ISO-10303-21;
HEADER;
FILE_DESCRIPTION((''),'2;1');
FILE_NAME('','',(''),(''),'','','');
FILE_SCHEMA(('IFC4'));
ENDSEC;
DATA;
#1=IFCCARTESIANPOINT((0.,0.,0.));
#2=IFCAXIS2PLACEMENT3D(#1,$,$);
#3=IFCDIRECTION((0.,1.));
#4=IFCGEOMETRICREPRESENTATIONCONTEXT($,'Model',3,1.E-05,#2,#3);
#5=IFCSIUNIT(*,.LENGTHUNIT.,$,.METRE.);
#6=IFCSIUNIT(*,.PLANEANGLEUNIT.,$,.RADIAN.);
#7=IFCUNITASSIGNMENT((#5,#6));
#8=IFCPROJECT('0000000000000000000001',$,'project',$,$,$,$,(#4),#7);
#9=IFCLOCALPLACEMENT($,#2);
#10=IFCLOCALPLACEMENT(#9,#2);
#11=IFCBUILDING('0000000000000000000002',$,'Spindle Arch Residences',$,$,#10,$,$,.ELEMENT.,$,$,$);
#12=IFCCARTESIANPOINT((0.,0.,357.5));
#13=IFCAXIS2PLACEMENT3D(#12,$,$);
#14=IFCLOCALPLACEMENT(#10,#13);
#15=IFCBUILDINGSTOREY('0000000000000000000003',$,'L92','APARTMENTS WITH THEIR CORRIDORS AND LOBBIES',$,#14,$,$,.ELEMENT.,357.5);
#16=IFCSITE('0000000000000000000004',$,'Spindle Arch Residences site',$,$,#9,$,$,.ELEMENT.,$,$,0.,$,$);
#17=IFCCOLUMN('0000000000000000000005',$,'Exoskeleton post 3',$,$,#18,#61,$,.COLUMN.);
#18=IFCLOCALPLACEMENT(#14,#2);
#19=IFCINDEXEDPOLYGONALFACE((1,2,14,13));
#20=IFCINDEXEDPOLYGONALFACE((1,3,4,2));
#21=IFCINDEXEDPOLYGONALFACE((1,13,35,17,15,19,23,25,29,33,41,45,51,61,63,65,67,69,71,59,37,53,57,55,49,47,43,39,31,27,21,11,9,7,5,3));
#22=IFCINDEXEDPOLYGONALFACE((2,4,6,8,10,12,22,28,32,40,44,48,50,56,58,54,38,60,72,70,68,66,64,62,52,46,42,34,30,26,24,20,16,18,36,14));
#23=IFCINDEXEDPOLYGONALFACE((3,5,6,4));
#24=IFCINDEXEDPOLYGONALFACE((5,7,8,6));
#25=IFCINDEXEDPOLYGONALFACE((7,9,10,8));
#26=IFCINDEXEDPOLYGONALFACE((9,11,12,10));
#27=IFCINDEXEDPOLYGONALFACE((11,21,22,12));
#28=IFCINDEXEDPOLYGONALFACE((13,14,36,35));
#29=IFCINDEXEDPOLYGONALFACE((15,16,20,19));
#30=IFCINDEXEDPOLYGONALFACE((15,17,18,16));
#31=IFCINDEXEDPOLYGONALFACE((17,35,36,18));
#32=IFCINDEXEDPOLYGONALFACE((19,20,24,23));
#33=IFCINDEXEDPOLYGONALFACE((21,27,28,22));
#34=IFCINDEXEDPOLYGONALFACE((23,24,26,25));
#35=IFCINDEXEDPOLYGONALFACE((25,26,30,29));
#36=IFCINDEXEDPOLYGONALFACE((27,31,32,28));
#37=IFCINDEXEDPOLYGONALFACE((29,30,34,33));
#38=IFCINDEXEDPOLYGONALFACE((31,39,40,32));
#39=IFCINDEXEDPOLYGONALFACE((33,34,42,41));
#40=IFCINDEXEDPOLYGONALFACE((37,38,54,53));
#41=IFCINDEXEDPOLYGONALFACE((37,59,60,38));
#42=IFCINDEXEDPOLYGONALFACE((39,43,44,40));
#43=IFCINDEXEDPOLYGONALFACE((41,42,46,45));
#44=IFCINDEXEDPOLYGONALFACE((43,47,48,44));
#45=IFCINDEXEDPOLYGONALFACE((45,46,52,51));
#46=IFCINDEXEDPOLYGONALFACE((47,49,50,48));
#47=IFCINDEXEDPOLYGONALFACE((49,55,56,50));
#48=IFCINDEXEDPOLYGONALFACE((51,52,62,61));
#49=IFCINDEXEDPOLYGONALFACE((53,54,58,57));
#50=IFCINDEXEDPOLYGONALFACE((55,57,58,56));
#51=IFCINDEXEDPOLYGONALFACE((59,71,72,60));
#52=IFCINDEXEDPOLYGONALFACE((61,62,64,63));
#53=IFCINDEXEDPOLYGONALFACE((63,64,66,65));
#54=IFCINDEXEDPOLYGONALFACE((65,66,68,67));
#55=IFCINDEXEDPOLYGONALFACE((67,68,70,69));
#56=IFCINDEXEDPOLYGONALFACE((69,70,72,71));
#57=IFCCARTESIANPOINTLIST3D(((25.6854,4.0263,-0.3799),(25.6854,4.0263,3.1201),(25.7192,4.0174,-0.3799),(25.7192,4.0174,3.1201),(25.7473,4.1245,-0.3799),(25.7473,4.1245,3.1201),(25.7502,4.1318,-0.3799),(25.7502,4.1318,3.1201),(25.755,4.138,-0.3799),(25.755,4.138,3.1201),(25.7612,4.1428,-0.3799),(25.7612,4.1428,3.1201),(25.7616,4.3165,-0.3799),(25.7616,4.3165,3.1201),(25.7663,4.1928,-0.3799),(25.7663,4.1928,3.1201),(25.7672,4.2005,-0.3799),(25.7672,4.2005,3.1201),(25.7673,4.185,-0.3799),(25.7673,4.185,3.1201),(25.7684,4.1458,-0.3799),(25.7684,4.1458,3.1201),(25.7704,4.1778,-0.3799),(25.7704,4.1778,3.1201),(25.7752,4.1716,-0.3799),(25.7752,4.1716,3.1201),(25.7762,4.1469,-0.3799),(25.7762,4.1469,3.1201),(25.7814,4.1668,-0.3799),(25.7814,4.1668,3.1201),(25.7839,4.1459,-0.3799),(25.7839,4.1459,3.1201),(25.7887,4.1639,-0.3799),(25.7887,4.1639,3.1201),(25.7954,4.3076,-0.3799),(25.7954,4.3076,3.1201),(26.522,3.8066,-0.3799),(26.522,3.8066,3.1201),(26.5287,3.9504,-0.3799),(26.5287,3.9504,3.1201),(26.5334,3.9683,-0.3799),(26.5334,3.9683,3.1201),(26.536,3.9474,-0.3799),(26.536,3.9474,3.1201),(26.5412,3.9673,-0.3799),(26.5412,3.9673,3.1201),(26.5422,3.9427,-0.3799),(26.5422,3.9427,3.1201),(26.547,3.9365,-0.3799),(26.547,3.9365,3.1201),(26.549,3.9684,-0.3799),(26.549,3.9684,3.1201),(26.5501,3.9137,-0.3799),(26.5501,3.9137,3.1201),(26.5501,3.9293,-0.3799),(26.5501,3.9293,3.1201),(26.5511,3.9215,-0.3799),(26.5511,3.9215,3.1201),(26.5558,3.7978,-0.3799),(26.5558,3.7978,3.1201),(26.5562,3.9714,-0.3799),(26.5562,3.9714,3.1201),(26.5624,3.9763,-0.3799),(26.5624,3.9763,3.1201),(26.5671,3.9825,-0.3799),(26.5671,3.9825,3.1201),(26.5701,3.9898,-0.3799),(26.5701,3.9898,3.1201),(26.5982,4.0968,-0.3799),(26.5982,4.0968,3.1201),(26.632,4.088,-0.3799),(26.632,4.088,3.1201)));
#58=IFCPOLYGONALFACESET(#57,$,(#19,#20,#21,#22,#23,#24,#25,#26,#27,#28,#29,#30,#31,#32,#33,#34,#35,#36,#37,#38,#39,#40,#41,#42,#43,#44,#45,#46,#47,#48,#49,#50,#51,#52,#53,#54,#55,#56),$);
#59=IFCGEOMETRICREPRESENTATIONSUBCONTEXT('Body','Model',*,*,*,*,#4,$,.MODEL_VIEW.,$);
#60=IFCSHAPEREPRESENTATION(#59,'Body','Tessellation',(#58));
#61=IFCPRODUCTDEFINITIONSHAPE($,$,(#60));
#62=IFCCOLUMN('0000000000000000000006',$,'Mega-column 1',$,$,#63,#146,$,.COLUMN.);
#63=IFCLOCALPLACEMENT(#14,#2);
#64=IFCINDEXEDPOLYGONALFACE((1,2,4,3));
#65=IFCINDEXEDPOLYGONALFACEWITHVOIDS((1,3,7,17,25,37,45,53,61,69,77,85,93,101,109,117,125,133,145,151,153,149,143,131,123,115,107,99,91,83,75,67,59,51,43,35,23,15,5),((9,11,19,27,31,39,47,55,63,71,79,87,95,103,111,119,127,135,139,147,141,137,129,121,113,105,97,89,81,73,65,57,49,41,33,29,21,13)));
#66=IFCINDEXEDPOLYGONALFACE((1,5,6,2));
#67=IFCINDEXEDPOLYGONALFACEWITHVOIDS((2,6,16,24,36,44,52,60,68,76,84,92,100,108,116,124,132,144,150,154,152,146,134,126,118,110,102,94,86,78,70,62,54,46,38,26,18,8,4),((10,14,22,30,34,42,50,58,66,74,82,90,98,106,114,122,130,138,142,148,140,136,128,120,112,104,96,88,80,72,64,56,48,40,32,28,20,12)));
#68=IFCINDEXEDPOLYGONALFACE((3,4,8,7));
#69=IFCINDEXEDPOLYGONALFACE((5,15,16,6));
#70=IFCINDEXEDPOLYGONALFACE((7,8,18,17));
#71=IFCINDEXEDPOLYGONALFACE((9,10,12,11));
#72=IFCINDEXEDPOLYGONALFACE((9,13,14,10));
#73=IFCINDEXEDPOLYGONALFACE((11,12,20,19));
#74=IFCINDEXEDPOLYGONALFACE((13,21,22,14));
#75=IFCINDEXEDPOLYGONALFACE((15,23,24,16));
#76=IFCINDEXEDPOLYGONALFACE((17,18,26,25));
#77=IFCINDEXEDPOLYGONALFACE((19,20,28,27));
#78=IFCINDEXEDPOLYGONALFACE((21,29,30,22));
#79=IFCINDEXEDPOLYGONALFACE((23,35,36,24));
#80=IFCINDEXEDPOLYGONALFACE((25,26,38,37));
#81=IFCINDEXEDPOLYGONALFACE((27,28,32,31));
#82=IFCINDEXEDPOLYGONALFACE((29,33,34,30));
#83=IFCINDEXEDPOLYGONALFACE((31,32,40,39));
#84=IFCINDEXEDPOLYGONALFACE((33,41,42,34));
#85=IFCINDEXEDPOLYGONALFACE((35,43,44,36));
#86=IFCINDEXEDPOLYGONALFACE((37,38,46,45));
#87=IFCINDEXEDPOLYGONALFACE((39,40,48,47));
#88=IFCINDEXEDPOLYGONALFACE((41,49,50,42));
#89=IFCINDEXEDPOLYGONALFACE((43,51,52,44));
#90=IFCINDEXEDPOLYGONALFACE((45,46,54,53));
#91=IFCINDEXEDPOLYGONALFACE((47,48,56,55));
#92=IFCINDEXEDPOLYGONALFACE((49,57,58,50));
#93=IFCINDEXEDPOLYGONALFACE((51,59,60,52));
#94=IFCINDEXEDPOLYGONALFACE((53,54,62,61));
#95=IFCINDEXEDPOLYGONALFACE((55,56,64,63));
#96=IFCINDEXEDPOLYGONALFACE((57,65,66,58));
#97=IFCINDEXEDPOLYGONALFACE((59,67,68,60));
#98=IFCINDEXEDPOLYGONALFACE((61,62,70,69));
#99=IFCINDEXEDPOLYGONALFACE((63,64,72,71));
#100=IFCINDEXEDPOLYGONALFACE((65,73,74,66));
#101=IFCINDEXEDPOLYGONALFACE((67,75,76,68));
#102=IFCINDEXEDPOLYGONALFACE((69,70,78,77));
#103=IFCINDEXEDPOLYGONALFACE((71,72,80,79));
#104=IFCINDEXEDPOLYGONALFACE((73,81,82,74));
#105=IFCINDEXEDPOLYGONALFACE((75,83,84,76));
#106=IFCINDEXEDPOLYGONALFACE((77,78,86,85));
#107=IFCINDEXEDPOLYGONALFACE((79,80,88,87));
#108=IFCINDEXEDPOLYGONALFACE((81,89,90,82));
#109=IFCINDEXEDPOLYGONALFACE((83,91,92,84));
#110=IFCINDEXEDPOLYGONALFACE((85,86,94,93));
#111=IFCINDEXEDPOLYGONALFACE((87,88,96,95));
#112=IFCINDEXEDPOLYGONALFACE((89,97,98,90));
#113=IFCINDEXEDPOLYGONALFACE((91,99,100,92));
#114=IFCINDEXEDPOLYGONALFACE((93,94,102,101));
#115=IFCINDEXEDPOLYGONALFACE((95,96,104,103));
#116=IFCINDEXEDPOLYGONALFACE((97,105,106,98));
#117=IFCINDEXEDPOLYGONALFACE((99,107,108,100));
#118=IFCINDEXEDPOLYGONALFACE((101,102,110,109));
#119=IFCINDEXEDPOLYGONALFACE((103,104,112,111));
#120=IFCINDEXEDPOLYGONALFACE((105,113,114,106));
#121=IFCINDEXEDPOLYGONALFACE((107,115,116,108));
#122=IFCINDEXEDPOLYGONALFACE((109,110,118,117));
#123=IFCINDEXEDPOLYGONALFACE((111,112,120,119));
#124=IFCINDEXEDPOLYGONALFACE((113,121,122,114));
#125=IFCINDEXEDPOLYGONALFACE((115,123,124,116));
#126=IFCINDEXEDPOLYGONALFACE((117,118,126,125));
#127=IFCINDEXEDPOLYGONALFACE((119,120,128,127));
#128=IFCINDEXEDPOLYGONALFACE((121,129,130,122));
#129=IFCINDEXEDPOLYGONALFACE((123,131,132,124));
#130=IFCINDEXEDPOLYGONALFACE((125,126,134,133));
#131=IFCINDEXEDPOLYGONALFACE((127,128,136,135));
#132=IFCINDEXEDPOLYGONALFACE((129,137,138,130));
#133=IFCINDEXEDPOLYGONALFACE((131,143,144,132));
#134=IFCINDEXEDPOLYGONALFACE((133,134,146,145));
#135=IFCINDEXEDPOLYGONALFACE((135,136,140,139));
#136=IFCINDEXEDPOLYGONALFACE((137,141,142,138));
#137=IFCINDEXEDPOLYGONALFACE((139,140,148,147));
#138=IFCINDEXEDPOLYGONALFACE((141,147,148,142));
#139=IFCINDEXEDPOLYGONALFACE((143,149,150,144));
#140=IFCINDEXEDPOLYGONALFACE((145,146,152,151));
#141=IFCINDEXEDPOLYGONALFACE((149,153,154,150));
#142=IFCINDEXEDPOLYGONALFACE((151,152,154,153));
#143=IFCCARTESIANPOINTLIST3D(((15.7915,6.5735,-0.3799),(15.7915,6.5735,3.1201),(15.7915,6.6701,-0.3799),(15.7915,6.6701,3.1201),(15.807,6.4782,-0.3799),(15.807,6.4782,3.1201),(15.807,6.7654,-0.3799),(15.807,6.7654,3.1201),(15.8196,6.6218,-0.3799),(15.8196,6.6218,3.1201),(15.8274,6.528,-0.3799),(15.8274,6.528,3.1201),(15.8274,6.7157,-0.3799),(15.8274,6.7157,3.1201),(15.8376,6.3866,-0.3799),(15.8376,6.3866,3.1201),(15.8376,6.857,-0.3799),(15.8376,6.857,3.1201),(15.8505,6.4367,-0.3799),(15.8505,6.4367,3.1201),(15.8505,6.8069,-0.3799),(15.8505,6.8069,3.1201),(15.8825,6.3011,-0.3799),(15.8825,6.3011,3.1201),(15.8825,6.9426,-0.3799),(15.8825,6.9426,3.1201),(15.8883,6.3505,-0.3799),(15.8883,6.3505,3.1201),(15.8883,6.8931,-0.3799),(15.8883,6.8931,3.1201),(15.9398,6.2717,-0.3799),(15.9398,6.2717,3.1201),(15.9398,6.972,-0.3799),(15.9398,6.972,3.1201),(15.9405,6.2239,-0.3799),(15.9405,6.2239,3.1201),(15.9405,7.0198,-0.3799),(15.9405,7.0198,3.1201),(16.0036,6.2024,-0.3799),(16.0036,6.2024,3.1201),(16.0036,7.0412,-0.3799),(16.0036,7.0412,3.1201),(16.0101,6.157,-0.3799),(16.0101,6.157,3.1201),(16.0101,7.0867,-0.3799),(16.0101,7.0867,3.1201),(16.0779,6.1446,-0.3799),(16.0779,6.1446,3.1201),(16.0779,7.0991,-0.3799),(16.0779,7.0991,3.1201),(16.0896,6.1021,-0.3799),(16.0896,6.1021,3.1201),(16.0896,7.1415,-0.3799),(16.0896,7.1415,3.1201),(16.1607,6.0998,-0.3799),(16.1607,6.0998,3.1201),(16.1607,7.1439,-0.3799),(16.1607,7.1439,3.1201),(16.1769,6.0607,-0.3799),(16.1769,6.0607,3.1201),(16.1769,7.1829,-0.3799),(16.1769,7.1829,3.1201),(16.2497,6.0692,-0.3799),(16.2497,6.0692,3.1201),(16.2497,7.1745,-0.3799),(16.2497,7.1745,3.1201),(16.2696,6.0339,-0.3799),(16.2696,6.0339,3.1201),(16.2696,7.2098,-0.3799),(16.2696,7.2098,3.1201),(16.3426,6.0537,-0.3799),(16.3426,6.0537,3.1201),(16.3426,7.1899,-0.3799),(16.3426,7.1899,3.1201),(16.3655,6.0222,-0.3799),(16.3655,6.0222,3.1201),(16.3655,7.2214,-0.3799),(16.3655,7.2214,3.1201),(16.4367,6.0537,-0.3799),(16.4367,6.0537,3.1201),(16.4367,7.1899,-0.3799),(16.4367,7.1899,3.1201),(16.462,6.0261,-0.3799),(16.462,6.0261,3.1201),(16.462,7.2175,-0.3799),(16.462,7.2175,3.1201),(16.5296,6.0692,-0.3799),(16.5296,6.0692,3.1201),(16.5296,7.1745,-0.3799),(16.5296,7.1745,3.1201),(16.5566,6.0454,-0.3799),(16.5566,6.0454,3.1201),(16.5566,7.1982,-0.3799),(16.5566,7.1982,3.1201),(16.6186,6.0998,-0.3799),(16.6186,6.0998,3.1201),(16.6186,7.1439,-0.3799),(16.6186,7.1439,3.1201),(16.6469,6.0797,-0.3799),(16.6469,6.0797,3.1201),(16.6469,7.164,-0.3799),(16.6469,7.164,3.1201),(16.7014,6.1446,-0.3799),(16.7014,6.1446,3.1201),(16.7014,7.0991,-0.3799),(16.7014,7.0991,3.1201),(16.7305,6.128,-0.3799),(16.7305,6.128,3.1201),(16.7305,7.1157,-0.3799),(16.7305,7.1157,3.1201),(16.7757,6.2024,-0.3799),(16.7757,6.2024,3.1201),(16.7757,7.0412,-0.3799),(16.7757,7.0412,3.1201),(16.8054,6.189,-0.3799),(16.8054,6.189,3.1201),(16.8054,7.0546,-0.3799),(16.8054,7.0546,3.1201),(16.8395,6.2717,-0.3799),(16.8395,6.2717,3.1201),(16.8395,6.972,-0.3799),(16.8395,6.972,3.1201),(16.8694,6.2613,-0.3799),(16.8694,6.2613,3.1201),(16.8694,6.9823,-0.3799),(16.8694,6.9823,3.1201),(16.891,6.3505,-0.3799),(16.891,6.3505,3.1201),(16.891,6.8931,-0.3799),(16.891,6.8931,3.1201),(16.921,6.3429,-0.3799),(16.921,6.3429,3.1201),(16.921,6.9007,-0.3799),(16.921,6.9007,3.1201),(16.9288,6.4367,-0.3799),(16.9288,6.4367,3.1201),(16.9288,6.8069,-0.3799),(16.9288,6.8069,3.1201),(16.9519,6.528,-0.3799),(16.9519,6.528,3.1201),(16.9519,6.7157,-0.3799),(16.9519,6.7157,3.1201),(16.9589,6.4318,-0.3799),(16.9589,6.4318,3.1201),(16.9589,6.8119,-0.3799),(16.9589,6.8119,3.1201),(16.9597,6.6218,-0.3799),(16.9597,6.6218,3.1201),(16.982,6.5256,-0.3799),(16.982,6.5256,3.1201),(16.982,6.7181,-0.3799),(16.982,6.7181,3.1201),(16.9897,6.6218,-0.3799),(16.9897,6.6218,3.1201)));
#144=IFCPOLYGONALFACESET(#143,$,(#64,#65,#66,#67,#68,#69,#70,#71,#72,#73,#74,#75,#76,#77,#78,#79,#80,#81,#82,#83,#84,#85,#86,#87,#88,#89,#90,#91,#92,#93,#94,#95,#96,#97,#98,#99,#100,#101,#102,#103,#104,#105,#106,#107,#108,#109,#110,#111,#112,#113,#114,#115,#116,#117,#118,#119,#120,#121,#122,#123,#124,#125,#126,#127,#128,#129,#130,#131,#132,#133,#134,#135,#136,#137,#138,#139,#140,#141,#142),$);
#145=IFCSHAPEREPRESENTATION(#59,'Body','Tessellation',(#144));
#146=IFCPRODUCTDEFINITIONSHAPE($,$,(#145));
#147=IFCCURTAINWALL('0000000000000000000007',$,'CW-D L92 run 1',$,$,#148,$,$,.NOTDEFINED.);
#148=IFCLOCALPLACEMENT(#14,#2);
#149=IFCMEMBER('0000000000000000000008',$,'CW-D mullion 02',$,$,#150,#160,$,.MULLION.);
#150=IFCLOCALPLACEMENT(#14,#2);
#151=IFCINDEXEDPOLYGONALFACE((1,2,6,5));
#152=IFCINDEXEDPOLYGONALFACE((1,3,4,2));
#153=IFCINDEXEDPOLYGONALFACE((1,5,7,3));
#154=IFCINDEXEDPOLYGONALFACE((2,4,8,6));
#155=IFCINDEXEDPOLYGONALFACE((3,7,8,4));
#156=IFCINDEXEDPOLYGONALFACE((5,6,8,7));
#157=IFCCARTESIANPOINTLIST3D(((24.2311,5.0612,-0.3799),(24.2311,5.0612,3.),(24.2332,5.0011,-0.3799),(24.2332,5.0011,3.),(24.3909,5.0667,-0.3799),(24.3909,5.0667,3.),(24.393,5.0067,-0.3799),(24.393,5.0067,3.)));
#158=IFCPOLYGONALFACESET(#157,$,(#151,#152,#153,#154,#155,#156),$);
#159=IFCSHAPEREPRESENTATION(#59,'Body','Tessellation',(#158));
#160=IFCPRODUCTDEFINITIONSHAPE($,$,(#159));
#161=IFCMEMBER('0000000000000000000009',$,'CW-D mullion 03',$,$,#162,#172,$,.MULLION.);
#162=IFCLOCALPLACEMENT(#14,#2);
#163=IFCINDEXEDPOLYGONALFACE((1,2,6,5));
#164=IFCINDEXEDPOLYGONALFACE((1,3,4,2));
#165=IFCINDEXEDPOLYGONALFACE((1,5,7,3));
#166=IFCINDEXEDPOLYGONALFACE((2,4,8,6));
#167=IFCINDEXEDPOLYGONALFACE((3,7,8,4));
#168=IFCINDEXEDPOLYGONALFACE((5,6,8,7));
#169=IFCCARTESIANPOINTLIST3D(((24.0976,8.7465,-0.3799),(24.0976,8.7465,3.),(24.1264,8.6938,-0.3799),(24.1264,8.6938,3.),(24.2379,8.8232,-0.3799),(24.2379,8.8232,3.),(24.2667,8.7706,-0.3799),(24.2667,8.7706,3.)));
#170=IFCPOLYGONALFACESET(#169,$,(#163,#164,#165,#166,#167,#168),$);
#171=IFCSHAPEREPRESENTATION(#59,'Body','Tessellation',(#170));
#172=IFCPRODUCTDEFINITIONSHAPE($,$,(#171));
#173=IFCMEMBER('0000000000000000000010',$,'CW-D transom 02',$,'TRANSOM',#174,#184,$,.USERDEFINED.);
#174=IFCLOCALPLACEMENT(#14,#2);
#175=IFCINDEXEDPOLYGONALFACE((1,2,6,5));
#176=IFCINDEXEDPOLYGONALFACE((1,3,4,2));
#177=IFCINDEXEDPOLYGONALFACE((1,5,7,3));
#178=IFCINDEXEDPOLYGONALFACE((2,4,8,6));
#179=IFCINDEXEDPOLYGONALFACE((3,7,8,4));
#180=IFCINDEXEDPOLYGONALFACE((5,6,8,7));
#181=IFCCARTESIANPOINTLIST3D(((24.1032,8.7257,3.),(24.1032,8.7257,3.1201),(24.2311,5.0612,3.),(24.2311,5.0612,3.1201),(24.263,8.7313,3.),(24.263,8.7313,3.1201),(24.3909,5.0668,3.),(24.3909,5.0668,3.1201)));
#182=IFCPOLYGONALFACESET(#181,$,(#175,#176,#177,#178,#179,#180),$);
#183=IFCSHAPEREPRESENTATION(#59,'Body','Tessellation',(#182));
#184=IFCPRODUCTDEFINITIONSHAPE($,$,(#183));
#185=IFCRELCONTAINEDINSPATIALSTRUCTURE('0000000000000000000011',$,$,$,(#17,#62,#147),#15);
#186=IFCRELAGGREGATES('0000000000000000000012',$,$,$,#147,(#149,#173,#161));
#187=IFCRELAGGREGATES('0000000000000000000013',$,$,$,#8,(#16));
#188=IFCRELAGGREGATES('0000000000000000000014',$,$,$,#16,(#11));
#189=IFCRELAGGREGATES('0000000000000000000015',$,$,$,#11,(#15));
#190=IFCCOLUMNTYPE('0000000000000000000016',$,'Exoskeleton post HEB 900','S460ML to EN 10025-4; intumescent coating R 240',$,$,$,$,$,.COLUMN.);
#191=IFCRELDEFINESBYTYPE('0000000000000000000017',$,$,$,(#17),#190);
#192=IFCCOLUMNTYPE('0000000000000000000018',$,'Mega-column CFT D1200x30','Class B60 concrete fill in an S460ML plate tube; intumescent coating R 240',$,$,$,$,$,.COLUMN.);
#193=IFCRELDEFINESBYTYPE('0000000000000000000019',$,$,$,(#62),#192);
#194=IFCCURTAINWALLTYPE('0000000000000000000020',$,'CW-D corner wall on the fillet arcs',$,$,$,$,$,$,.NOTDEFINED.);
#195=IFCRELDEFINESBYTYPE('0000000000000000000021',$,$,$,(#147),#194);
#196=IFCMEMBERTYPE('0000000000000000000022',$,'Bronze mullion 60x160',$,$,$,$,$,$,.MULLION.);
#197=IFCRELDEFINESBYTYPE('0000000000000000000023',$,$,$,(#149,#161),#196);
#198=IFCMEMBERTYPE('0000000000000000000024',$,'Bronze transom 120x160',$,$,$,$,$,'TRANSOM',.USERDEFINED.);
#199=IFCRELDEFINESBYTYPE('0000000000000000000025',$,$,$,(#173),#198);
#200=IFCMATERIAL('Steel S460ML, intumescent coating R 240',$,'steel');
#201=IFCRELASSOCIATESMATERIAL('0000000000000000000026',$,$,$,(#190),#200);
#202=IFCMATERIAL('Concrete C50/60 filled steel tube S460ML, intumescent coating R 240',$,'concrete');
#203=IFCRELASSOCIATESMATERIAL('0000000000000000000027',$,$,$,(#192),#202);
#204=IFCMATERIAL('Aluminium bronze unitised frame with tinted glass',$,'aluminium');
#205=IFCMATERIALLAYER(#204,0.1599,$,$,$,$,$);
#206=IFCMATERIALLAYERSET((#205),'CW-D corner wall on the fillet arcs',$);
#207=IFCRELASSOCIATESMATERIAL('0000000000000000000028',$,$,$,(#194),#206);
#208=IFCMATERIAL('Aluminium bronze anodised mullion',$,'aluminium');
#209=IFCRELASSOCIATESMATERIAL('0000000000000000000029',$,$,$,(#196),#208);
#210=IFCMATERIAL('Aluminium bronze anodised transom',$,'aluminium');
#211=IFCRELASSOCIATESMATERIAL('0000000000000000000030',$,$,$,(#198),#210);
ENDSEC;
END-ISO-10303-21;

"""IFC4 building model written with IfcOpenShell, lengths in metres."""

from ifc_helpers import new_model, si_unit, direction, frame, origin, origin_2d, place, context, subcontext, project, spatial, rectangle, hollow_circle, i_section, extrude, material, layer, layer_set, material_profile, profile_set, type_object, element, aggregate, save


model = new_model("IFC4")

# Units and contexts
model_context = context("Model", 3, precision=1e-05, world=origin(), true_north=direction((0.0, 1.0)))
body_context = subcontext(model_context, "Body", "Model", "MODEL_VIEW")
ifc_project = project(units=[si_unit("LENGTHUNIT", "METRE"), si_unit("PLANEANGLEUNIT", "RADIAN")], contexts=[model_context])

# Site, building, storey
site_placement = place(None, origin())
site = spatial("IfcSite", under=ifc_project, at=site_placement, Name="Spindle Arch Residences site", CompositionType="ELEMENT", RefElevation=0.0)
building_placement = place(site_placement, origin())
building = spatial("IfcBuilding", under=site, at=building_placement, Name="Spindle Arch Residences", CompositionType="ELEMENT")
storey_placement = place(building_placement, frame((0.0, 0.0, 357.5)))
storey = spatial("IfcBuildingStorey", under=building, at=storey_placement, Name="L92", Description="APARTMENTS WITH THEIR CORRIDORS AND LOBBIES", CompositionType="ELEMENT", Elevation=357.5)

# Columns
ifc_material_1 = material(Name="Steel S460ML, intumescent coating R 240", Category="steel")
ifc_material_profile_1 = material_profile(ifc_material_1, i_section(OverallWidth=0.3, OverallDepth=0.8999, WebThickness=0.0186, FlangeThickness=0.0349, FilletRadius=0.03, at=origin_2d()), Name="HEB 900")
ifc_profile_set_1 = profile_set([ifc_material_profile_1], Name="Steel S460ML, intumescent coating R 240")
column_type_1 = type_object("IfcColumnType", Name="Exoskeleton post HEB 900", Description="S460ML to EN 10025-4; intumescent coating R 240", PredefinedType="COLUMN", material=ifc_profile_set_1)
column_1_placement = place(storey_placement, frame((26.1587, 4.0571, -0.3799), z_axis=(0.0, 0.0, 1.0), x_axis=(-0.253941, -0.96722, 0.0)))
element("IfcColumn", 1, at=column_1_placement, inside=storey, type_object=column_type_1, Name="Exoskeleton post 3", PredefinedType="COLUMN", context=body_context, shape_type="SweptSolid", body=[
    extrude(i_section(OverallWidth=0.3, OverallDepth=0.8999, WebThickness=0.0186, FlangeThickness=0.0349, FilletRadius=0.03, at=origin_2d()), origin(), (0.0, 0.0, 1.0), 3.5),
])
ifc_material_2 = material(Name="Concrete C50/60 filled steel tube S460ML, intumescent coating R 240", Category="concrete")
ifc_material_profile_2 = material_profile(ifc_material_2, hollow_circle(Radius=0.6001, WallThickness=0.03, at=origin_2d()), Name="CFT D1200x30")
ifc_profile_set_2 = profile_set([ifc_material_profile_2], Name="Concrete C50/60 filled steel tube S460ML, intumescent coating R 240")
column_type_2 = type_object("IfcColumnType", Name="Mega-column CFT D1200x30", Description="Class B60 concrete fill in an S460ML plate tube; intumescent coating R 240", PredefinedType="COLUMN", material=ifc_profile_set_2)
column_2_placement = place(storey_placement, frame((16.3896, 6.6218, -0.3799), z_axis=(0.0, 0.0, 1.0), x_axis=(1.0, 0.0, 0.0)))
element("IfcColumn", 2, at=column_2_placement, inside=storey, type_object=column_type_2, Name="Mega-column 1", PredefinedType="COLUMN", context=body_context, shape_type="SweptSolid", body=[
    extrude(hollow_circle(Radius=0.6001, WallThickness=0.03, at=origin_2d()), origin(), (0.0, 0.0, 1.0), 3.5),
])

# Curtain wall, members
ifc_material_3 = material(Name="Aluminium bronze unitised frame with tinted glass", Category="aluminium")
ifc_layer_1 = layer(ifc_material_3, 0.1599)
ifc_layer_set_1 = layer_set([ifc_layer_1], Name="CW-D corner wall on the fillet arcs")
curtain_wall_type = type_object("IfcCurtainWallType", Name="CW-D corner wall on the fillet arcs", PredefinedType="NOTDEFINED", material=ifc_layer_set_1)
curtain_wall_placement = place(storey_placement, origin())
curtain_wall = element("IfcCurtainWall", 3, at=curtain_wall_placement, inside=storey, type_object=curtain_wall_type, Name="CW-D L92 run 1", PredefinedType="NOTDEFINED")
ifc_material_4 = material(Name="Aluminium bronze anodised mullion", Category="aluminium")
ifc_material_profile_3 = material_profile(ifc_material_4, rectangle(XDim=0.1599, YDim=0.0601, at=origin_2d()), Name="MU 60x160")
ifc_profile_set_3 = profile_set([ifc_material_profile_3], Name="Aluminium bronze anodised mullion")
member_type_1 = type_object("IfcMemberType", Name="Bronze mullion 60x160", PredefinedType="MULLION", material=ifc_profile_set_3)
member_1_placement = place(storey_placement, frame((24.312, 5.0339, -0.3799), z_axis=(0.0, 0.0, 1.0), x_axis=(-0.999391, -0.034899, 0.0)))
member_1 = element("IfcMember", 4, at=member_1_placement, type_object=member_type_1, Name="CW-D mullion 02", PredefinedType="MULLION", context=body_context, shape_type="SweptSolid", body=[
    extrude(rectangle(XDim=0.1599, YDim=0.0601, at=origin_2d()), origin(), (0.0, 0.0, 1.0), 3.3799),
])
member_2_placement = place(storey_placement, frame((24.1821, 8.7585, -0.3799), z_axis=(0.0, 0.0, 1.0), x_axis=(-0.877425, -0.479713, 0.0)))
member_2 = element("IfcMember", 5, at=member_2_placement, type_object=member_type_1, Name="CW-D mullion 03", PredefinedType="MULLION", context=body_context, shape_type="SweptSolid", body=[
    extrude(rectangle(XDim=0.1599, YDim=0.0601, at=origin_2d()), origin(), (0.0, 0.0, 1.0), 3.3799),
])
ifc_material_5 = material(Name="Aluminium bronze anodised transom", Category="aluminium")
ifc_material_profile_4 = material_profile(ifc_material_5, rectangle(XDim=0.1599, YDim=0.1201, at=origin_2d()), Name="TR 120x160")
ifc_profile_set_4 = profile_set([ifc_material_profile_4], Name="Aluminium bronze anodised transom")
member_type_2 = type_object("IfcMemberType", Name="Bronze transom 120x160", ElementType="TRANSOM", PredefinedType="USERDEFINED", material=ifc_profile_set_4)
member_3_placement = place(storey_placement, frame((24.311, 5.064, 3.0601), z_axis=(-0.034889, 0.999391, 0.0), x_axis=(-0.999391, -0.034889, 0.0)))
member_3 = element("IfcMember", 6, at=member_3_placement, type_object=member_type_2, Name="CW-D transom 02", ObjectType="TRANSOM", PredefinedType="USERDEFINED", context=body_context, shape_type="SweptSolid", body=[
    extrude(rectangle(XDim=0.1599, YDim=0.1201, at=origin_2d()), origin(), (0.0, 0.0, 1.0), 3.6667),
])

aggregate(curtain_wall, [member_1, member_3, member_2])

save(model, "model.ifc")
